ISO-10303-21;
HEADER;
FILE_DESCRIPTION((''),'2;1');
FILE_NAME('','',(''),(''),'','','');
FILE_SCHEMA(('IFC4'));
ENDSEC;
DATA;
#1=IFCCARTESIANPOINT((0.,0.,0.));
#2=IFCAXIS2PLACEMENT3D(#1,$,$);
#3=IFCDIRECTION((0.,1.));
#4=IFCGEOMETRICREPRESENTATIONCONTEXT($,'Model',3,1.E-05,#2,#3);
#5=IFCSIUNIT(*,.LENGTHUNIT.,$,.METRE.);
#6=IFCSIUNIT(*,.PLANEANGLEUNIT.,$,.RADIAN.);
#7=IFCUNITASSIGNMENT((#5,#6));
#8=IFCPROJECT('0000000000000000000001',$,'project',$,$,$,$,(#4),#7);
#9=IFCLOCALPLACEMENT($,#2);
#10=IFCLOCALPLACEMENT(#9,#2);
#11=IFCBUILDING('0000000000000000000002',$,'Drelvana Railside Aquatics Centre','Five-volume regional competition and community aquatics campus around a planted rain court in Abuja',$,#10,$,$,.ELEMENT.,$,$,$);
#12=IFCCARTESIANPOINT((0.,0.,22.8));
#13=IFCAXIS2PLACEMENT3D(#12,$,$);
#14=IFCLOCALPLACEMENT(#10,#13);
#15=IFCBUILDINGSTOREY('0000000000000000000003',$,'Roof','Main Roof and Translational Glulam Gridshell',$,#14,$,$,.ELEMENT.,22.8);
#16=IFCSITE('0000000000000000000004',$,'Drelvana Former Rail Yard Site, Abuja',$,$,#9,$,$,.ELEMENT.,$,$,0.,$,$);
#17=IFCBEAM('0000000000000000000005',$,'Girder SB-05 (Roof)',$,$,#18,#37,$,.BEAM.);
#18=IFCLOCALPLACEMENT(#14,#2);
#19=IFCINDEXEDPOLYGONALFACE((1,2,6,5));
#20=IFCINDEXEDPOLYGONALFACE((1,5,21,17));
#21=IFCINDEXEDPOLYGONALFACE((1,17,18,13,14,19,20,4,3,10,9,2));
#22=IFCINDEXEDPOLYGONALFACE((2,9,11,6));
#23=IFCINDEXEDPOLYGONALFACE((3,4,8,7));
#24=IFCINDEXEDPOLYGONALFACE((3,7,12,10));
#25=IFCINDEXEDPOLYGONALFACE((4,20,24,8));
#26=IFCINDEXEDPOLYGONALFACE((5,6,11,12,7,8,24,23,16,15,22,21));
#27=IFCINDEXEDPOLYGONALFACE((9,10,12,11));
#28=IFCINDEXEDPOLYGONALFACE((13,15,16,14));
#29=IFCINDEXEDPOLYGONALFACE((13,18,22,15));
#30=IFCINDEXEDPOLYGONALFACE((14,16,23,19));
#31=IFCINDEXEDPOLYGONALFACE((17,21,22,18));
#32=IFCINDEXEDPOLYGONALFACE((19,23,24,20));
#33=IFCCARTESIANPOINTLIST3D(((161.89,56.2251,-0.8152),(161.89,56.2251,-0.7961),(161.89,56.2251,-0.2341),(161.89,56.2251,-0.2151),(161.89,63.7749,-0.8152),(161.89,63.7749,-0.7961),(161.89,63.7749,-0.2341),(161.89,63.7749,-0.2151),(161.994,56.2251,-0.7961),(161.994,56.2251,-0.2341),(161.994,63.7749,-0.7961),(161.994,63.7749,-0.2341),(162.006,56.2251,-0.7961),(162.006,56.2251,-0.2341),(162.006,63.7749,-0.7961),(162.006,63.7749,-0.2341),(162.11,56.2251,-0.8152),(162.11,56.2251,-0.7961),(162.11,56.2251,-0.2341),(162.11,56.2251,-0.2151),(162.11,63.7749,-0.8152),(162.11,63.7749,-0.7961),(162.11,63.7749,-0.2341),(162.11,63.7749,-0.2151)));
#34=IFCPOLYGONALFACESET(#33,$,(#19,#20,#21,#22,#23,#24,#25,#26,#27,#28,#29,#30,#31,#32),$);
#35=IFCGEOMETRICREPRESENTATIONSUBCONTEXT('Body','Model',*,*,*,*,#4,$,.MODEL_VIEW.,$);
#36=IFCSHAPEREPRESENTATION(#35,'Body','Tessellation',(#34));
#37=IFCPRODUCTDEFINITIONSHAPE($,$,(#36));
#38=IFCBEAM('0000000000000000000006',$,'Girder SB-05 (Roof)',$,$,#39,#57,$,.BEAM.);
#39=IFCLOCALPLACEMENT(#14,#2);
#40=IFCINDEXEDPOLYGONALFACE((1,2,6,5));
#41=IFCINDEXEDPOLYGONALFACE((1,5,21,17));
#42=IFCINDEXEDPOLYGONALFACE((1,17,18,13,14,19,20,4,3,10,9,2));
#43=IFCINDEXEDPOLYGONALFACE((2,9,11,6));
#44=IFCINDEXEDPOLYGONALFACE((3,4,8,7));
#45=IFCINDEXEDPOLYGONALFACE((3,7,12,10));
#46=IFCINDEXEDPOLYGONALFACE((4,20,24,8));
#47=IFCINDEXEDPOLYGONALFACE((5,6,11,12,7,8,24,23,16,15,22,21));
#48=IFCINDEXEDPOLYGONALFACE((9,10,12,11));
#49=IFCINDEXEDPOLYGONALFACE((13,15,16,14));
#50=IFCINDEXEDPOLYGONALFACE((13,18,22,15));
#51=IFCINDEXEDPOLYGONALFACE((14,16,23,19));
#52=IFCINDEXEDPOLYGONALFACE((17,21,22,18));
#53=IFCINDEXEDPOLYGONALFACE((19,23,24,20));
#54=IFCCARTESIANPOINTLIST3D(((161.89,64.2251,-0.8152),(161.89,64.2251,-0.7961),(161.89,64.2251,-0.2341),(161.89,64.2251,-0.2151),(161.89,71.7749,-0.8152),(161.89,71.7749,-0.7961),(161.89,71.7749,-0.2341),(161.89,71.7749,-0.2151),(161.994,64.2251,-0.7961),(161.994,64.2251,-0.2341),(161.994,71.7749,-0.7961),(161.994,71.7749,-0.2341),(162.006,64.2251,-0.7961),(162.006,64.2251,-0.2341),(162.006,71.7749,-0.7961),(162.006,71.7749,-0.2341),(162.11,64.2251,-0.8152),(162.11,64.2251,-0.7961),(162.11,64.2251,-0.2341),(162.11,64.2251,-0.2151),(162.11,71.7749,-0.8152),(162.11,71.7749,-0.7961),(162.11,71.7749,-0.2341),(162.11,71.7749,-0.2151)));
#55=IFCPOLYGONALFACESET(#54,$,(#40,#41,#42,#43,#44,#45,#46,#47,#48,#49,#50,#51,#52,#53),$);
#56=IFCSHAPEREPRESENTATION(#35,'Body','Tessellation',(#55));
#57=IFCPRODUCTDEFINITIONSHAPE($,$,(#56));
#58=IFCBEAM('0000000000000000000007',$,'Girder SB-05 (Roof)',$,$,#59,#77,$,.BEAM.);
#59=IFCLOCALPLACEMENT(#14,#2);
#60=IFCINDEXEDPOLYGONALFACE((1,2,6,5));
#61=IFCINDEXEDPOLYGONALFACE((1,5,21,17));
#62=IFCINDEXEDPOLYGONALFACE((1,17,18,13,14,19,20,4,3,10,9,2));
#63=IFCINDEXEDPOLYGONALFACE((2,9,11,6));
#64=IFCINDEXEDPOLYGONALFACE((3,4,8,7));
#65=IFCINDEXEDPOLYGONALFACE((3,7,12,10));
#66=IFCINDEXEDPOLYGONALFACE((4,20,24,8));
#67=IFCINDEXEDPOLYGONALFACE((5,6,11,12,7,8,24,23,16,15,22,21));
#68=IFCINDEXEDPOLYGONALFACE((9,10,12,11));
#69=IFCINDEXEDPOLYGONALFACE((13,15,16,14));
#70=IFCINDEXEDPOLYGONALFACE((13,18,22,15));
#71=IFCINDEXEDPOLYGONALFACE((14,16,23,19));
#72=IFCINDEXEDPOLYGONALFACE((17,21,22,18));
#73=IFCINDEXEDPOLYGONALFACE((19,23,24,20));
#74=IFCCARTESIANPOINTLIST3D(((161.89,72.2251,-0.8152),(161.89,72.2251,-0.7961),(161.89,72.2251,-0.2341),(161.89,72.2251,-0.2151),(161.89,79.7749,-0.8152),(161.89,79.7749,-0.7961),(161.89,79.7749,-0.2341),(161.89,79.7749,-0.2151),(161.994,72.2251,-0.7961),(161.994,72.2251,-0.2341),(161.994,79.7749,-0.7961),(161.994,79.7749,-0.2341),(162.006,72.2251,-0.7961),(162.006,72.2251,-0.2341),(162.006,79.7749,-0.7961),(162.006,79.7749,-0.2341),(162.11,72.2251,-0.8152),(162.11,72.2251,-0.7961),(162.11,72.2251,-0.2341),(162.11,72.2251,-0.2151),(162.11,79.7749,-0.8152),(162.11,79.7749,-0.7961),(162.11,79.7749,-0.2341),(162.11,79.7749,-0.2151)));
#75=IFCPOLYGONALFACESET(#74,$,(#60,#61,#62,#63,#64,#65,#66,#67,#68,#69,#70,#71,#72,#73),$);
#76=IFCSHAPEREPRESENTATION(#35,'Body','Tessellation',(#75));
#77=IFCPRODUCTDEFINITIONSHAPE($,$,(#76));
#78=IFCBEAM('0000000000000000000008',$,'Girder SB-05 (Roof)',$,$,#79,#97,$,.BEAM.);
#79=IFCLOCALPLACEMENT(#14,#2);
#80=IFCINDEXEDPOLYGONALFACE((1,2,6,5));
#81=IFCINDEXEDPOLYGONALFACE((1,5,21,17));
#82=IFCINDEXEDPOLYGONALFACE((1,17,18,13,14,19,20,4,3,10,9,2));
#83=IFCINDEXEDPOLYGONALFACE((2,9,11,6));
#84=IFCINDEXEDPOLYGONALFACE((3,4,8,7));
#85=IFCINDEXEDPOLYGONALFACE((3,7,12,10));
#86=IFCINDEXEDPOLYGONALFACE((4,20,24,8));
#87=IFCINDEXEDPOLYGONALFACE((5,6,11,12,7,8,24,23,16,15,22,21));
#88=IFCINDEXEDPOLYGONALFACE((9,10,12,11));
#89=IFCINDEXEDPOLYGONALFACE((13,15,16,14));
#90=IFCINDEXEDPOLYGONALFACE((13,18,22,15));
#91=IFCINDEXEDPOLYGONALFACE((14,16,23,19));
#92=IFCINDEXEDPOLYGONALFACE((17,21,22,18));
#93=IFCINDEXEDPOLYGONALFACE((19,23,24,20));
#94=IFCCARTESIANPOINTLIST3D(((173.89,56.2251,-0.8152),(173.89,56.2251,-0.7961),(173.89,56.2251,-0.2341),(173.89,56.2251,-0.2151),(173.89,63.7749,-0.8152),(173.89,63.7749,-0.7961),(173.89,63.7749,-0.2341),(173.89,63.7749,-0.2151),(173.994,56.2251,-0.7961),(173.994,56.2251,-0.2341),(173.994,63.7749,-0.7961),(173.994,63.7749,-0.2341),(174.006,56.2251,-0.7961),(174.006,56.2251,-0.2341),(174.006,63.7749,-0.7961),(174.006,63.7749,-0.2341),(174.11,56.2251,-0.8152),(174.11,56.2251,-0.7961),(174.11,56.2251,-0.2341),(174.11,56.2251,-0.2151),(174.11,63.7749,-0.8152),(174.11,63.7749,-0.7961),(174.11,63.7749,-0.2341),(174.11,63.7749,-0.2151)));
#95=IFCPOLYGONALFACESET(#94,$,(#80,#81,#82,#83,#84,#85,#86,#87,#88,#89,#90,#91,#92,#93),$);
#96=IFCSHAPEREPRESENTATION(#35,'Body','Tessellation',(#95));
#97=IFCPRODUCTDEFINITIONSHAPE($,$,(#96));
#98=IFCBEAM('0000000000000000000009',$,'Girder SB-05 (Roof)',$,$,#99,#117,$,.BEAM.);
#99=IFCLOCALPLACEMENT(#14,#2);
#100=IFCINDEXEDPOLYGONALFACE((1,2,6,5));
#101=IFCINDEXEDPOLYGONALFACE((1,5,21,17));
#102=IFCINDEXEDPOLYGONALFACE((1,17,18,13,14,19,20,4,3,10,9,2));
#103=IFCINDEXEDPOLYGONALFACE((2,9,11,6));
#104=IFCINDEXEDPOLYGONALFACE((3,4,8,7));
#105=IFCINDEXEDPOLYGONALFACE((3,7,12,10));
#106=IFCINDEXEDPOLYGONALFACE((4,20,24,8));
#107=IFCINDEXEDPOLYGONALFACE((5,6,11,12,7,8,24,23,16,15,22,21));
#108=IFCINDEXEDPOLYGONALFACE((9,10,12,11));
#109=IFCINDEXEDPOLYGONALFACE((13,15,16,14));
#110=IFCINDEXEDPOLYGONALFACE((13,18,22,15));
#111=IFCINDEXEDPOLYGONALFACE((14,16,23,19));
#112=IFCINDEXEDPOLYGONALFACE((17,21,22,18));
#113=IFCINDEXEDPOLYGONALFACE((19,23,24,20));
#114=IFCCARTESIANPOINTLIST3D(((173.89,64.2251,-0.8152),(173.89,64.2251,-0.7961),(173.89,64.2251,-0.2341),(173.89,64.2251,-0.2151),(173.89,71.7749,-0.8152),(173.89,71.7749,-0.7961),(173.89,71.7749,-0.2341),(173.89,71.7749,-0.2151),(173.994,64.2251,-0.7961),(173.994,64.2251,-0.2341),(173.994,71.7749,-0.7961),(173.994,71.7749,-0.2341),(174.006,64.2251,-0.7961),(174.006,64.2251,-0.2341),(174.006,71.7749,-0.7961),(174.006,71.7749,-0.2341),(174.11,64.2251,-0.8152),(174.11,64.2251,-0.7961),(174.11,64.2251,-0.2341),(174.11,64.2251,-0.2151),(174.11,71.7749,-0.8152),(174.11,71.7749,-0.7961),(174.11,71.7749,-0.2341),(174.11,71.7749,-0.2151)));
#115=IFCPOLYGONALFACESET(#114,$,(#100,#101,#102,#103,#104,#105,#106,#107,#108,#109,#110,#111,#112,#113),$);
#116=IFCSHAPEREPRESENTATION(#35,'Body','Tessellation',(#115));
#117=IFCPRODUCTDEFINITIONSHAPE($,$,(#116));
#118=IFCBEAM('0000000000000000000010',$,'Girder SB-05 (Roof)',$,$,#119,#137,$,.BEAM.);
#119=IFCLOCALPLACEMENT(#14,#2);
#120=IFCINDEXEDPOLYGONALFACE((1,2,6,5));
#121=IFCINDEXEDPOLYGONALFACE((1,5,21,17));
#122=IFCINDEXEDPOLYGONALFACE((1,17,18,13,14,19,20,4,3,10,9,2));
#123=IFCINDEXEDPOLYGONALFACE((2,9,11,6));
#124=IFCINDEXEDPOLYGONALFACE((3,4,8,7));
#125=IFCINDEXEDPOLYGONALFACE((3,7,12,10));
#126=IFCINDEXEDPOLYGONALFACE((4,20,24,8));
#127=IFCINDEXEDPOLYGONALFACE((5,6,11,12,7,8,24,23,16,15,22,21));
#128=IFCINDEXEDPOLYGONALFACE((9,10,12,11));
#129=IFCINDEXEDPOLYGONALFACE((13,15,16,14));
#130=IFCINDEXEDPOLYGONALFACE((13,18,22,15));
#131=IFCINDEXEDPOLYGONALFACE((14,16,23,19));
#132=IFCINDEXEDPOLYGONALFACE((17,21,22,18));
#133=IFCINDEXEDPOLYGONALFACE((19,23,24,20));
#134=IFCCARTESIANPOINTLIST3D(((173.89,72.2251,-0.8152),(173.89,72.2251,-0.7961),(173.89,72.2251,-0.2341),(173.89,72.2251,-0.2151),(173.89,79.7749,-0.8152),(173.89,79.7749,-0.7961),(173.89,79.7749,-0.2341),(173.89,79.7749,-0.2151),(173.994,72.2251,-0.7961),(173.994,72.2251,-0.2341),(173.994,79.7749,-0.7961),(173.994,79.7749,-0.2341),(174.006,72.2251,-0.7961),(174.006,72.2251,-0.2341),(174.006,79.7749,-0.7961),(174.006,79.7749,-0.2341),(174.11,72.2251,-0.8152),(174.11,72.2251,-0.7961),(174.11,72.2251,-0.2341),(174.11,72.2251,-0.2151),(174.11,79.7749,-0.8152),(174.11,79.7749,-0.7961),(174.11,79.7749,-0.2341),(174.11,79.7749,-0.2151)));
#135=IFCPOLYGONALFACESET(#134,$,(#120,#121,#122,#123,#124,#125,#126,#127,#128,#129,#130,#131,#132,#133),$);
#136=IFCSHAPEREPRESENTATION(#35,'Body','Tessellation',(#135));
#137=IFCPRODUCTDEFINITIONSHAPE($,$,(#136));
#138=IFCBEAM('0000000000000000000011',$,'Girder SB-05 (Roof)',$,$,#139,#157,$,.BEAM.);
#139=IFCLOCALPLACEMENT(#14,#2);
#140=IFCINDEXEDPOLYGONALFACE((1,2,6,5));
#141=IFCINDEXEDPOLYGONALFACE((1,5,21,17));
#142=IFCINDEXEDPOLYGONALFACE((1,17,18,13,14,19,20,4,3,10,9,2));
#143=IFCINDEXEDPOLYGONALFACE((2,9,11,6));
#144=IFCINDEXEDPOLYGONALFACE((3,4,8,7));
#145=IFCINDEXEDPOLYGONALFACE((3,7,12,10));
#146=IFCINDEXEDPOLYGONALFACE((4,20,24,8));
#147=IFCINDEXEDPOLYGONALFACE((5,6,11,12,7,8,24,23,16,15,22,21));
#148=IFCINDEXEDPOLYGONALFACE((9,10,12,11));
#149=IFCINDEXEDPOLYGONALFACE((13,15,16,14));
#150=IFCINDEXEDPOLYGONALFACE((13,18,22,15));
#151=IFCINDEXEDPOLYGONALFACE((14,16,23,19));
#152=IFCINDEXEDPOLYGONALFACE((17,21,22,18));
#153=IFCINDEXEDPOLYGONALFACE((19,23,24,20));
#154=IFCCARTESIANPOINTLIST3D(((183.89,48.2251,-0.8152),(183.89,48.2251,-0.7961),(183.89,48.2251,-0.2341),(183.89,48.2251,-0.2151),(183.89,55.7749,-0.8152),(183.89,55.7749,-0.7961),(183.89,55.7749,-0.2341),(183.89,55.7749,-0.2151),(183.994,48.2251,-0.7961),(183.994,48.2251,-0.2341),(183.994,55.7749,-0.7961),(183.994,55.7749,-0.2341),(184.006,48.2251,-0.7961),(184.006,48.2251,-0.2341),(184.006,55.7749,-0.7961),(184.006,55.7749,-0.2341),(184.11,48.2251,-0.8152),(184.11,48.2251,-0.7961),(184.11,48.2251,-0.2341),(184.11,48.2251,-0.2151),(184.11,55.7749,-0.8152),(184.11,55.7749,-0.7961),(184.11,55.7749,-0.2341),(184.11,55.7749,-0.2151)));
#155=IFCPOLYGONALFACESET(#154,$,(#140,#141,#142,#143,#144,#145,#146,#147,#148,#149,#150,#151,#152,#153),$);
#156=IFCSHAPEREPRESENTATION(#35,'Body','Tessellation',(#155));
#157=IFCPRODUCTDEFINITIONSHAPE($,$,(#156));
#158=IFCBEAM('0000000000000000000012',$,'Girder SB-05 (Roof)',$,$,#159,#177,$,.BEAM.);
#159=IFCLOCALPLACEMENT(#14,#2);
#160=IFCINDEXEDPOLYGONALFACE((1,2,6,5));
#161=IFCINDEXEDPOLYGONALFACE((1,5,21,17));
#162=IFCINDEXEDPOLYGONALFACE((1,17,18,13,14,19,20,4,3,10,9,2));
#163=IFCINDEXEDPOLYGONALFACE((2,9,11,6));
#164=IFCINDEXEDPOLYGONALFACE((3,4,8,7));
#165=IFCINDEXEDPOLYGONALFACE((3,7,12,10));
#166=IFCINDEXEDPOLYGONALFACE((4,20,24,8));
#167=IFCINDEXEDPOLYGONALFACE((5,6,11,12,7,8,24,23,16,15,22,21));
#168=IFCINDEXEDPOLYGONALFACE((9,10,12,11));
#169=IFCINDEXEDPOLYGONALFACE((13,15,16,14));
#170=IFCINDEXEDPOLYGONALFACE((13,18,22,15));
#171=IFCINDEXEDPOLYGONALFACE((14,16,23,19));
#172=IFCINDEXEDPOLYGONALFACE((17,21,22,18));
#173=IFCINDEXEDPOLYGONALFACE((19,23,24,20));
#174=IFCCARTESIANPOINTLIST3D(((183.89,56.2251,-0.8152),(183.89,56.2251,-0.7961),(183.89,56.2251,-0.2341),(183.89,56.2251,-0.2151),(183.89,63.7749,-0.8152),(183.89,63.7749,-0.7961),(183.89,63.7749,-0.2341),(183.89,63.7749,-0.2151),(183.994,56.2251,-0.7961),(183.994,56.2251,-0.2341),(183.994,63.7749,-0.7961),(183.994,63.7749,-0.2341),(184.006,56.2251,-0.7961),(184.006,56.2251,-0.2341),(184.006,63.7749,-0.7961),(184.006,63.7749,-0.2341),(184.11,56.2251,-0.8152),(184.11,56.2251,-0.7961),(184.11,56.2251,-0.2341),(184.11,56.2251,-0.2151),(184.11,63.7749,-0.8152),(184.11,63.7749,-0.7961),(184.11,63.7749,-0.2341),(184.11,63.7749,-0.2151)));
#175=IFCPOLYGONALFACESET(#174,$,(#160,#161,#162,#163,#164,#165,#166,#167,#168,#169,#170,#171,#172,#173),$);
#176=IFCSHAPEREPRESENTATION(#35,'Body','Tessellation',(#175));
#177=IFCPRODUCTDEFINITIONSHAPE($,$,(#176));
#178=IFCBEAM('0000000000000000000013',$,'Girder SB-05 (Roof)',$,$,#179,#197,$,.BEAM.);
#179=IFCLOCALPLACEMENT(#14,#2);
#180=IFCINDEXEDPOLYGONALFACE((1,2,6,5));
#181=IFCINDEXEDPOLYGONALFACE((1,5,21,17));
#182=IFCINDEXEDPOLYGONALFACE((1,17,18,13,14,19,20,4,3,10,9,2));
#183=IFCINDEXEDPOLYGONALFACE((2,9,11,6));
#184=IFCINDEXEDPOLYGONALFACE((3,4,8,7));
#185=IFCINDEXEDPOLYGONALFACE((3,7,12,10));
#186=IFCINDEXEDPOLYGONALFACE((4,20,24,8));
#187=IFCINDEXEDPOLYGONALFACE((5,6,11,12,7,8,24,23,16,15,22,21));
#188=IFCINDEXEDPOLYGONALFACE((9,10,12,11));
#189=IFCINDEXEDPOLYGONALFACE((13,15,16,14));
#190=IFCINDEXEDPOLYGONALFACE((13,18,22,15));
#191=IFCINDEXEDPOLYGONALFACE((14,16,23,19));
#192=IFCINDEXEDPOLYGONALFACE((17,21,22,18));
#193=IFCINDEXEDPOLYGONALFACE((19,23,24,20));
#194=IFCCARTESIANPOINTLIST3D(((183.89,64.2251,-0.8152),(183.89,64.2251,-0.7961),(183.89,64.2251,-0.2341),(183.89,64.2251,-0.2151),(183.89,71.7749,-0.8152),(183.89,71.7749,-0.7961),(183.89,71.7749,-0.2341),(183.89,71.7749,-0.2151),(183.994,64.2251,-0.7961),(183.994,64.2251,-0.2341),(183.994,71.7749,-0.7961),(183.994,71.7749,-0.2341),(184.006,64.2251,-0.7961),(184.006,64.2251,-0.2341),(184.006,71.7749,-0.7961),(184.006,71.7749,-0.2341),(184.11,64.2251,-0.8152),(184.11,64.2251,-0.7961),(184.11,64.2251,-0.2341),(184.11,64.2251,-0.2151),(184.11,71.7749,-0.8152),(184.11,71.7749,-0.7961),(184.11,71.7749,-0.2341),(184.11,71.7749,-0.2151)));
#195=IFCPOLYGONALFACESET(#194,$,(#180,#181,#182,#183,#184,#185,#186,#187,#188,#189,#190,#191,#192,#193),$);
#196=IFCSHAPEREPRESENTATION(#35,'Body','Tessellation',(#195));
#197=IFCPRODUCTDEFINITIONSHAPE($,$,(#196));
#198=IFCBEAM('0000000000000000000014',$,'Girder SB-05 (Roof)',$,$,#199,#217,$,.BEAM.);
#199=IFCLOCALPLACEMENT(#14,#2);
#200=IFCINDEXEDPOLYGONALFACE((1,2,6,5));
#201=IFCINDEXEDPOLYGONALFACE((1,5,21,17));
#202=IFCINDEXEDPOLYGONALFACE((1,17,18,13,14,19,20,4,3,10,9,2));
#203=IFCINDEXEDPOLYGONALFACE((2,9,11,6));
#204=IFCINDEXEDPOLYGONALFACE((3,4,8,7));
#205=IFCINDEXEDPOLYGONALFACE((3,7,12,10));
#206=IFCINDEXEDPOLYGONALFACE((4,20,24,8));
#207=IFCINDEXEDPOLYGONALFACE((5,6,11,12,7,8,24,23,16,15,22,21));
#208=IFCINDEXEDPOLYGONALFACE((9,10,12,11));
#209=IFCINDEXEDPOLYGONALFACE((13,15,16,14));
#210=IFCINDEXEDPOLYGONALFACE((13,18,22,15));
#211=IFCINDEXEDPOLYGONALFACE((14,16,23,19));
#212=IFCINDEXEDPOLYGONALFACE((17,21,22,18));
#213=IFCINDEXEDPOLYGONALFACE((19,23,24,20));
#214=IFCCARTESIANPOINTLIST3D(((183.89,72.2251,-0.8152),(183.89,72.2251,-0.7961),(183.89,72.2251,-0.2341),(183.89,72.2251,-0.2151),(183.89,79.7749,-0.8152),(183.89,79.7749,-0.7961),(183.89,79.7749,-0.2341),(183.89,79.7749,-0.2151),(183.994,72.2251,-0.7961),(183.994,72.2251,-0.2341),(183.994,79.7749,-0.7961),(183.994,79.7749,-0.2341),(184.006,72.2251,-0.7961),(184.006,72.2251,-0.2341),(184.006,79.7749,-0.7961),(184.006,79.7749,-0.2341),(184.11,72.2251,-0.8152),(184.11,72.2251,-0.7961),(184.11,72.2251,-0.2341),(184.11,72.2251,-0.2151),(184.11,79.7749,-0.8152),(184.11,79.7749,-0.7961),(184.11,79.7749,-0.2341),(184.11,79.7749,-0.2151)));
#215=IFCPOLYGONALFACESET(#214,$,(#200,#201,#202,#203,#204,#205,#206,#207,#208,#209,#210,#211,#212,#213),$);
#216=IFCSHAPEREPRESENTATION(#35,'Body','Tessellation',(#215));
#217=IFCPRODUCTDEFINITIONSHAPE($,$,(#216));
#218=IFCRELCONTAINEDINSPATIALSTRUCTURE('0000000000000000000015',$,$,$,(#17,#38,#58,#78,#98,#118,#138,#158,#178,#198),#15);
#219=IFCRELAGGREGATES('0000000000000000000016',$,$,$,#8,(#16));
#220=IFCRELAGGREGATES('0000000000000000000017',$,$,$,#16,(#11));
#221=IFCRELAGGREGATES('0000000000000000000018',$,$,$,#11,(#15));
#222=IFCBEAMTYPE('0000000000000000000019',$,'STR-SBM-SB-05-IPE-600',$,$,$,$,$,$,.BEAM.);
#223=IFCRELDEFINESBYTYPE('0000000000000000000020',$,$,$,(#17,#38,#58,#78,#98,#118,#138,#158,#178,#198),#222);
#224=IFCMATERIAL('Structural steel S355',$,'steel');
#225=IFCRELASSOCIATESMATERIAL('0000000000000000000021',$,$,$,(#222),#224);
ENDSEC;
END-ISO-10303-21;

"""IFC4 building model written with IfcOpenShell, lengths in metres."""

from ifc_helpers import new_model, si_unit, direction, frame, origin, origin_2d, place, context, subcontext, project, spatial, i_section, extrude, material, material_profile, profile_set, type_object, element, save


model = new_model("IFC4")

# Units and contexts
model_context = context("Model", 3, precision=1e-05, world=origin(), true_north=direction((0.0, 1.0)))
body_context = subcontext(model_context, "Body", "Model", "MODEL_VIEW")
ifc_project = project(units=[si_unit("LENGTHUNIT", "METRE"), si_unit("PLANEANGLEUNIT", "RADIAN")], contexts=[model_context])

# Site, building, storey
site_placement = place(None, origin())
site = spatial("IfcSite", under=ifc_project, at=site_placement, Name="Drelvana Former Rail Yard Site, Abuja", CompositionType="ELEMENT", RefElevation=0.0)
building_placement = place(site_placement, origin())
building = spatial("IfcBuilding", under=site, at=building_placement, Name="Drelvana Railside Aquatics Centre", Description="Five-volume regional competition and community aquatics campus around a planted rain court in Abuja", CompositionType="ELEMENT")
storey_placement = place(building_placement, frame((0.0, 0.0, 22.8)))
storey = spatial("IfcBuildingStorey", under=building, at=storey_placement, Name="Roof", Description="Main Roof and Translational Glulam Gridshell", CompositionType="ELEMENT", Elevation=22.8)

# Beams
ifc_material = material(Name="Structural steel S355", Category="steel")
ifc_material_profile_1 = material_profile(ifc_material, i_section(OverallWidth=0.22, OverallDepth=0.6001, WebThickness=0.012, FlangeThickness=0.019, at=origin_2d()), Name="IPE 600")
ifc_profile_set_1 = profile_set([ifc_material_profile_1], Name="Structural steel S355")
beam_type_1 = type_object("IfcBeamType", Name="STR-SBM-SB-05-IPE-600", PredefinedType="BEAM", material=ifc_profile_set_1)
for number, where, z_axis, x_axis, name in (
    (1, (162.0, 56.2251, -0.5151), (0.0, 1.0, 0.0), (-1.0, 0.0, 0.0), "Girder SB-05 (Roof)"),
    (2, (162.0, 64.2251, -0.5151), (0.0, 1.0, 0.0), (-1.0, 0.0, 0.0), "Girder SB-05 (Roof)"),
    (3, (162.0, 72.2251, -0.5151), (0.0, 1.0, 0.0), (-1.0, 0.0, 0.0), "Girder SB-05 (Roof)"),
    (4, (174.0, 56.2251, -0.5151), (0.0, 1.0, 0.0), (-1.0, 0.0, 0.0), "Girder SB-05 (Roof)"),
    (5, (174.0, 64.2251, -0.5151), (0.0, 1.0, 0.0), (-1.0, 0.0, 0.0), "Girder SB-05 (Roof)"),
    (6, (174.0, 72.2251, -0.5151), (0.0, 1.0, 0.0), (-1.0, 0.0, 0.0), "Girder SB-05 (Roof)"),
    (7, (184.0, 48.2251, -0.5151), (0.0, 1.0, 0.0), (-1.0, 0.0, 0.0), "Girder SB-05 (Roof)"),
    (8, (184.0, 56.2251, -0.5151), (0.0, 1.0, 0.0), (-1.0, 0.0, 0.0), "Girder SB-05 (Roof)"),
    (9, (184.0, 64.2251, -0.5151), (0.0, 1.0, 0.0), (-1.0, 0.0, 0.0), "Girder SB-05 (Roof)"),
    (10, (184.0, 72.2251, -0.5151), (0.0, 1.0, 0.0), (-1.0, 0.0, 0.0), "Girder SB-05 (Roof)"),
):
    element("IfcBeam", number, at=place(storey_placement, frame(where, z_axis=z_axis, x_axis=x_axis)), inside=storey, type_object=beam_type_1, Name=name, PredefinedType="BEAM", context=body_context, shape_type="SweptSolid", body=[
        extrude(i_section(OverallWidth=0.22, OverallDepth=0.6001, WebThickness=0.012, FlangeThickness=0.019, at=origin_2d()), origin(), (0.0, 0.0, 1.0), 7.5498),
    ])

save(model, "model.ifc")
